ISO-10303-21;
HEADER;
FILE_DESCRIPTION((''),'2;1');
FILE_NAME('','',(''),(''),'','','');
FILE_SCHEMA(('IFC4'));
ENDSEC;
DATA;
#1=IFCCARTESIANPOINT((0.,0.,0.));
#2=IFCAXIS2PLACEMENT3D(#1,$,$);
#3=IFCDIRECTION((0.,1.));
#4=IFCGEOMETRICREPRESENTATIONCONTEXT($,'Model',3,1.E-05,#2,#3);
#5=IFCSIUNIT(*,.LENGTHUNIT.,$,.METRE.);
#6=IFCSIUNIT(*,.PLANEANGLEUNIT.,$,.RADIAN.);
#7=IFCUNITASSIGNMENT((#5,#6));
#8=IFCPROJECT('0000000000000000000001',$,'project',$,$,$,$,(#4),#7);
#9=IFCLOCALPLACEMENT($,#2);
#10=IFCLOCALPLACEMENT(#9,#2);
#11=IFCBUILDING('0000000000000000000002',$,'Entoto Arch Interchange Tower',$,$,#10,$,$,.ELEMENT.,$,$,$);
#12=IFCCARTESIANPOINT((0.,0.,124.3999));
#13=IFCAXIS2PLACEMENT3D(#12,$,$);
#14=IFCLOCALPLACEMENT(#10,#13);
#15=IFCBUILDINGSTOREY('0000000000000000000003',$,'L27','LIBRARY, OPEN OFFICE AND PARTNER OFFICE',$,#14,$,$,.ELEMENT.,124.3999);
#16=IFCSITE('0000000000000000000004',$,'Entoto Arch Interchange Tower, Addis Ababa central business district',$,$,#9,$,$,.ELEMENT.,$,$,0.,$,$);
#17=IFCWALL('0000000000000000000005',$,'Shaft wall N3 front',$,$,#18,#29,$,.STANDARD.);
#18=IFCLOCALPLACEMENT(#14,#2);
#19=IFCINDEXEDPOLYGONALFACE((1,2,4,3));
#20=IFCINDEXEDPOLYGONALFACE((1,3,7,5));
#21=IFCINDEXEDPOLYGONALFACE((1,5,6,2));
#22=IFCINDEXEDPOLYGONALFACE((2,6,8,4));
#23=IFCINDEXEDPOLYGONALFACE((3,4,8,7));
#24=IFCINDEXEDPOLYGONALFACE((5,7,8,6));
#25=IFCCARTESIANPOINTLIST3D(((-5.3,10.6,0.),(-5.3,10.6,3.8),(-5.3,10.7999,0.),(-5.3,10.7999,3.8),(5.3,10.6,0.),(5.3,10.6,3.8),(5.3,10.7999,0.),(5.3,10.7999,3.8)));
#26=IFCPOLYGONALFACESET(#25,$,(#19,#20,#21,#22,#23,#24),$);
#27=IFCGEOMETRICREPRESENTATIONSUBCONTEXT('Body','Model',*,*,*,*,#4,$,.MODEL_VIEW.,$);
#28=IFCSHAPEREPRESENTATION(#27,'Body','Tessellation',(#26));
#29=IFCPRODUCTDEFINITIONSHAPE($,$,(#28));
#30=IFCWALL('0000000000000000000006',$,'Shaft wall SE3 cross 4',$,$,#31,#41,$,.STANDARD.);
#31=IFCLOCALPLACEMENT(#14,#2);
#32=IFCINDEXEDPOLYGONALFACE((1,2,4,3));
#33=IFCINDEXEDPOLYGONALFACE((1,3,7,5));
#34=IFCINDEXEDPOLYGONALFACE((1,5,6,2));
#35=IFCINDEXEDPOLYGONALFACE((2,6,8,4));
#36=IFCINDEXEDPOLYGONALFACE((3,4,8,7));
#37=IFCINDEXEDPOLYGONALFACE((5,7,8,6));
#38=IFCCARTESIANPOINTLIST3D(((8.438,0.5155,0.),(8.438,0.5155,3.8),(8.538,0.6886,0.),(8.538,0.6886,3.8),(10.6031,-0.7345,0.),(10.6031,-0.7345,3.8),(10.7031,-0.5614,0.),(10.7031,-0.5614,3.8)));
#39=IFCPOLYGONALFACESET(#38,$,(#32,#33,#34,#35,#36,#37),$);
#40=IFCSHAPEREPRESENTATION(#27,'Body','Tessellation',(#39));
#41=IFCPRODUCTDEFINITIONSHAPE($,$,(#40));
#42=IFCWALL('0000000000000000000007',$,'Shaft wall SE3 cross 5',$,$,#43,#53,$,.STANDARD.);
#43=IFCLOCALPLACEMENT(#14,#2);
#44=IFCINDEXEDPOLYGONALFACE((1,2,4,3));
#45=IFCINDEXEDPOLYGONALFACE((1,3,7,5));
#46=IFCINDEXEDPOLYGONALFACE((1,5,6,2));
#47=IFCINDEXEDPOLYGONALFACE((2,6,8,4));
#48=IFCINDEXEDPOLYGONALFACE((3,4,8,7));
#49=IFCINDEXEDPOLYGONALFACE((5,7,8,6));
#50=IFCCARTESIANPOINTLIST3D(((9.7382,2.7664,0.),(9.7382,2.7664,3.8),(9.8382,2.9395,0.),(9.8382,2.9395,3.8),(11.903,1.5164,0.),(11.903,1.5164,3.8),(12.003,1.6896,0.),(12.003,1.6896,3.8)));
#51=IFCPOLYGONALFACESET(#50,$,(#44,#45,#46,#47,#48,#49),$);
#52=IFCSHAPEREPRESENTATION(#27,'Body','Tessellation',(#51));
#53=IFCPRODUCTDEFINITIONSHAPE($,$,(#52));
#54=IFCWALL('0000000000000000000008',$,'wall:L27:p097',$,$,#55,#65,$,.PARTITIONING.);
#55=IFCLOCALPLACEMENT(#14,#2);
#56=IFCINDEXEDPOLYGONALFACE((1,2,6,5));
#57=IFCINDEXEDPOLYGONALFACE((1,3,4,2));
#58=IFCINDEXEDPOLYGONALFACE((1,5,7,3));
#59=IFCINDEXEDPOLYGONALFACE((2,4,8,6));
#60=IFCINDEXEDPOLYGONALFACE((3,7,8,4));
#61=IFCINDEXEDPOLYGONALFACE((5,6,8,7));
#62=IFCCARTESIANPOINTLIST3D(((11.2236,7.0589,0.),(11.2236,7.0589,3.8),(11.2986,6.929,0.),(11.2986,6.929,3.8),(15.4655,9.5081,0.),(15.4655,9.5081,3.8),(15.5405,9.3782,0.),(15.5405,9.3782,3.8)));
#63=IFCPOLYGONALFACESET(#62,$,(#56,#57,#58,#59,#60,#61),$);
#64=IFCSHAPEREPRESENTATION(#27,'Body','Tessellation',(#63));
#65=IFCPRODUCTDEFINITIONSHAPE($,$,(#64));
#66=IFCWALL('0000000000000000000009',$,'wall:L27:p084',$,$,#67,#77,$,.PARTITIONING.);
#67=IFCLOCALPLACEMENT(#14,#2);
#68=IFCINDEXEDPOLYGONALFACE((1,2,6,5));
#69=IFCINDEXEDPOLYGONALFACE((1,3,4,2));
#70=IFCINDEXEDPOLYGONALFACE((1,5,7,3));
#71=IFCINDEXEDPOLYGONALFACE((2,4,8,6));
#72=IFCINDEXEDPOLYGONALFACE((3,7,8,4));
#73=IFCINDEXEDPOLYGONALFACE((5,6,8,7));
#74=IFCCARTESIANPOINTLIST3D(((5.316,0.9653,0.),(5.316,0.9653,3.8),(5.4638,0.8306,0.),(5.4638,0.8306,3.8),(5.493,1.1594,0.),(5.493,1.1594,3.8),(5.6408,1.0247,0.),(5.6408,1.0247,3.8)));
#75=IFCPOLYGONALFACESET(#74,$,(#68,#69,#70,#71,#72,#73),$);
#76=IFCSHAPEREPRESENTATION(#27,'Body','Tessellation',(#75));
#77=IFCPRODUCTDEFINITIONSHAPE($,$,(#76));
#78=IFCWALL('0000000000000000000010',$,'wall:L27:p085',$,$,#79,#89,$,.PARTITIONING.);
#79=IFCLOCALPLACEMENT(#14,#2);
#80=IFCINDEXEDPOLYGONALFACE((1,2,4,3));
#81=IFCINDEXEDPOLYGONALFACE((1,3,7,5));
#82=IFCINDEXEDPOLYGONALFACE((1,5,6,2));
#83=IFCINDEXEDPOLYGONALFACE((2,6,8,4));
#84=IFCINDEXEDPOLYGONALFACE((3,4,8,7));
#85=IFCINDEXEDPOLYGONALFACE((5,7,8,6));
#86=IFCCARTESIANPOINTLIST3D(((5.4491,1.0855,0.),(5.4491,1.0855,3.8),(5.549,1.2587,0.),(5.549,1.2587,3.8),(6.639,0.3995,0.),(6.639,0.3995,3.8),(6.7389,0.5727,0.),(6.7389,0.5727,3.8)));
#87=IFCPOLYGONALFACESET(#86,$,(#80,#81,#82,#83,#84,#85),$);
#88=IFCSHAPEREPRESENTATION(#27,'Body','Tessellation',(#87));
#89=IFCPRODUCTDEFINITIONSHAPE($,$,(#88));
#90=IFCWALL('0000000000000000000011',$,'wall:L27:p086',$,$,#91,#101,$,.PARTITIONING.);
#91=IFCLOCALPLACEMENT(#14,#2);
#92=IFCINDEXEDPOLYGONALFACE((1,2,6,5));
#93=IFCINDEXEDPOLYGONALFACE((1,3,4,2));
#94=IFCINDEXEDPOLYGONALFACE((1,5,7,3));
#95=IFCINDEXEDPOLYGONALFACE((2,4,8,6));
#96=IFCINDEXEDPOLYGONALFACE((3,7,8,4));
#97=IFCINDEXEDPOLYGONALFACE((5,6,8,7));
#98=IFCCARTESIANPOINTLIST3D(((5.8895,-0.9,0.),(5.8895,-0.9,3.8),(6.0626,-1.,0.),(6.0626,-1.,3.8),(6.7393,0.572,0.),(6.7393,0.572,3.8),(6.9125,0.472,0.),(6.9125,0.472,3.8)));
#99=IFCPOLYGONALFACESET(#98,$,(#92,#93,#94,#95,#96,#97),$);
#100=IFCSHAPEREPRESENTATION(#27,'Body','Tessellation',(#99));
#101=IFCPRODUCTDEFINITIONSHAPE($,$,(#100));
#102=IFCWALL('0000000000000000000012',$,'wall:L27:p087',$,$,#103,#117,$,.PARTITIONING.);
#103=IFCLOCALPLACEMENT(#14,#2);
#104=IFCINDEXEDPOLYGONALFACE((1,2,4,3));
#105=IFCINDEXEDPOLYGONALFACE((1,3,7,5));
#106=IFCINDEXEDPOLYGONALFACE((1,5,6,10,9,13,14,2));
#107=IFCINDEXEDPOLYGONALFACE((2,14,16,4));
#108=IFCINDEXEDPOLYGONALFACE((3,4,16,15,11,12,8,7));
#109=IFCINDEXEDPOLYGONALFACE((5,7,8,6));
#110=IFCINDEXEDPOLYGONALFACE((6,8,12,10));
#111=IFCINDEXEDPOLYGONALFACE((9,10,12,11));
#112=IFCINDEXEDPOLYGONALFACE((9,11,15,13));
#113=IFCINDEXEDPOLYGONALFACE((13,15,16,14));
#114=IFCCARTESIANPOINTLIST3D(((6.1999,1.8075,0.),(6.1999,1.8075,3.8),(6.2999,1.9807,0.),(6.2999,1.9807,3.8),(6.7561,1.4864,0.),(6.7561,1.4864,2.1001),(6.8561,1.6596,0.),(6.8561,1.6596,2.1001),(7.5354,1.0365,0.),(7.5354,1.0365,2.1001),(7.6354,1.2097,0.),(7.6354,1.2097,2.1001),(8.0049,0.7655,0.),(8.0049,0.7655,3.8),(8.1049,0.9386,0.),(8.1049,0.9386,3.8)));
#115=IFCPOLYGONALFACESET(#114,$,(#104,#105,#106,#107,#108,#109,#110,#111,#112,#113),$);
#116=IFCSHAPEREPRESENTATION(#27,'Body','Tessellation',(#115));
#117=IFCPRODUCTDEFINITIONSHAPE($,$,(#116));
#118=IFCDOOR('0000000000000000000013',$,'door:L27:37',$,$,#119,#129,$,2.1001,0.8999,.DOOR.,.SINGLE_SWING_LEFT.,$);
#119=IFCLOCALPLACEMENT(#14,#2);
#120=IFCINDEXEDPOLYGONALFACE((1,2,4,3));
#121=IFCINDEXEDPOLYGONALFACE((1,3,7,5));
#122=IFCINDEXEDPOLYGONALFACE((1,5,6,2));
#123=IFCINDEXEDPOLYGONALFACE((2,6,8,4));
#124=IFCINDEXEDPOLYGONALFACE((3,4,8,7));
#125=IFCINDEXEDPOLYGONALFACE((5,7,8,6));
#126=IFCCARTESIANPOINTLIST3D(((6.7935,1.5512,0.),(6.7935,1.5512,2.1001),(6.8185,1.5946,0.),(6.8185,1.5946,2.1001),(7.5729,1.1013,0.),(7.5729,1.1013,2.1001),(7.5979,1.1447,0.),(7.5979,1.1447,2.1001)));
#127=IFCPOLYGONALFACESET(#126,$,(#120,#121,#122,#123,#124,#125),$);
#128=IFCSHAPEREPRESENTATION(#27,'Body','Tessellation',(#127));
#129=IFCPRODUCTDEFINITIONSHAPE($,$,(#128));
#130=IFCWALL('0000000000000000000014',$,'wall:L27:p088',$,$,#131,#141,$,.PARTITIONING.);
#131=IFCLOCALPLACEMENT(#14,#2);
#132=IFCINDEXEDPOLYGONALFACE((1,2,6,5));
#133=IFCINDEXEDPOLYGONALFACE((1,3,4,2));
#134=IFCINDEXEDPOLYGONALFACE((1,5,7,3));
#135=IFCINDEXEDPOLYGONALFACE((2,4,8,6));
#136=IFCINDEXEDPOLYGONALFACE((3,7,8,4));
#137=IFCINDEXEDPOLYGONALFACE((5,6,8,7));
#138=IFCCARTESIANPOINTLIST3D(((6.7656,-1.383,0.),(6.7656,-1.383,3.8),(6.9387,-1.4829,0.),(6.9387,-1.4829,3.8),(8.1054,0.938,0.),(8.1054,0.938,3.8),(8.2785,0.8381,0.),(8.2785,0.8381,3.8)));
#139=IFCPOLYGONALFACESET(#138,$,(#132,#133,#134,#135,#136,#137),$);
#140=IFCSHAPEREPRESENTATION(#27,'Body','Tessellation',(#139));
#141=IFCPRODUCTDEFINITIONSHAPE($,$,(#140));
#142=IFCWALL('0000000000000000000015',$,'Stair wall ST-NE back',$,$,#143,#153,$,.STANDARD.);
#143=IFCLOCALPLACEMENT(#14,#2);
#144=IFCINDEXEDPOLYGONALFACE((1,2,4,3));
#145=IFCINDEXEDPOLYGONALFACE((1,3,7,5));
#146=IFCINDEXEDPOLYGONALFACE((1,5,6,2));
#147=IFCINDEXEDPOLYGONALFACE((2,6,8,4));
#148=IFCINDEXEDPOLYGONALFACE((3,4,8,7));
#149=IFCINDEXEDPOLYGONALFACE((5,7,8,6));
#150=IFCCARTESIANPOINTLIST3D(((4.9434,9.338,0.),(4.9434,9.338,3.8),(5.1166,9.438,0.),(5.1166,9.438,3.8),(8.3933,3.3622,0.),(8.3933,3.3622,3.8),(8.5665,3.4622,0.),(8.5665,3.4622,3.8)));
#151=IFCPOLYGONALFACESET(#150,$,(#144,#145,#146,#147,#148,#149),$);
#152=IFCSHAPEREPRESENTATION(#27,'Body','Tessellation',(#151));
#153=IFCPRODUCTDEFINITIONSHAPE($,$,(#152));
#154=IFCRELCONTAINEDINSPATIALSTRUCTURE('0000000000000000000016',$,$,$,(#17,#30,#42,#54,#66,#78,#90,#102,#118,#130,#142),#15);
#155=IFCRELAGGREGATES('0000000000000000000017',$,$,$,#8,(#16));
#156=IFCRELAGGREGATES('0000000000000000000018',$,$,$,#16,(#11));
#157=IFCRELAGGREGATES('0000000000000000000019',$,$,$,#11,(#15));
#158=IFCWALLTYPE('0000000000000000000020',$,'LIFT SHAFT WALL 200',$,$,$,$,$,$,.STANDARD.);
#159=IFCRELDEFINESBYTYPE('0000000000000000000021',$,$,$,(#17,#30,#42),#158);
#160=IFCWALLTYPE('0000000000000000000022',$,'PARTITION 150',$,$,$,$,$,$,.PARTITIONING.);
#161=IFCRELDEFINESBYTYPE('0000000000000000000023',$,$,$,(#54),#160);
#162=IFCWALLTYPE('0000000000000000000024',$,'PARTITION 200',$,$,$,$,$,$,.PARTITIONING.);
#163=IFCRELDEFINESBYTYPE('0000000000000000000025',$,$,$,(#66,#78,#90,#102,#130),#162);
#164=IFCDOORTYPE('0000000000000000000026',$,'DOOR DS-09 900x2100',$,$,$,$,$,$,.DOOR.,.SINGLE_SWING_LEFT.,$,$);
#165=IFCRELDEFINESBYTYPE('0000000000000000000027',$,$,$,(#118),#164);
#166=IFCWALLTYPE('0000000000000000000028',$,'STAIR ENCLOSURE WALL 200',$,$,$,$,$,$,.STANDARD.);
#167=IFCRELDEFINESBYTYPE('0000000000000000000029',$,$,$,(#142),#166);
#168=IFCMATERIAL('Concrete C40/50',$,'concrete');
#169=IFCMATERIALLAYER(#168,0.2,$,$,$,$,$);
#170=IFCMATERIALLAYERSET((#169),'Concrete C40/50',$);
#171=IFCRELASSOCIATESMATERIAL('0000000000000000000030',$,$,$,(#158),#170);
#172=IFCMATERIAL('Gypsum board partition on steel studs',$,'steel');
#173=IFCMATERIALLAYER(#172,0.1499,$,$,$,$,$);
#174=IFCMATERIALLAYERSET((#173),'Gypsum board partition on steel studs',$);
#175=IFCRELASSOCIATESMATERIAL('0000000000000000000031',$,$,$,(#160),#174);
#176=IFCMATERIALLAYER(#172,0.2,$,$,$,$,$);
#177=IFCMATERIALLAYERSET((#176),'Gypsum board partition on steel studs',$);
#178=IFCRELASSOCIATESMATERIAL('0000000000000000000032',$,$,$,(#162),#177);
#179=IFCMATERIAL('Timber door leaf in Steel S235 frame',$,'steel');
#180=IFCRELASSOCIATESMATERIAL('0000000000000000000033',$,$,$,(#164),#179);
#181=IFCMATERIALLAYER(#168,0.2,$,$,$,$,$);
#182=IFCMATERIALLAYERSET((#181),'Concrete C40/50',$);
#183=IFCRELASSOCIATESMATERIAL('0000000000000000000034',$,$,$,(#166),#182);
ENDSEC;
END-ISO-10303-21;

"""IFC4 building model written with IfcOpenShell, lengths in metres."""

from ifc_helpers import new_model, si_unit, direction, frame, frame_2d, origin, place, context, subcontext, project, spatial, rectangle, extrude, material, layer, layer_set, type_object, element, fill, save


model = new_model("IFC4")

# Units and contexts
model_context = context("Model", 3, precision=1e-05, world=origin(), true_north=direction((0.0, 1.0)))
body_context = subcontext(model_context, "Body", "Model", "MODEL_VIEW")
ifc_project = project(units=[si_unit("LENGTHUNIT", "METRE"), si_unit("PLANEANGLEUNIT", "RADIAN")], contexts=[model_context])

# Site, building, storey
site_placement = place(None, origin())
site = spatial("IfcSite", under=ifc_project, at=site_placement, Name="Entoto Arch Interchange Tower, Addis Ababa central business district", CompositionType="ELEMENT", RefElevation=0.0)
building_placement = place(site_placement, origin())
building = spatial("IfcBuilding", under=site, at=building_placement, Name="Entoto Arch Interchange Tower", CompositionType="ELEMENT")
storey_placement = place(building_placement, frame((0.0, 0.0, 124.3999)))
storey = spatial("IfcBuildingStorey", under=building, at=storey_placement, Name="L27", Description="LIBRARY, OPEN OFFICE AND PARTNER OFFICE", CompositionType="ELEMENT", Elevation=124.3999)

# Walls
ifc_material_1 = material(Name="Concrete C40/50", Category="concrete")
ifc_layer_1 = layer(ifc_material_1, 0.2)
ifc_layer_set_1 = layer_set([ifc_layer_1], Name="Concrete C40/50")
wall_type_1 = type_object("IfcWallType", Name="LIFT SHAFT WALL 200", PredefinedType="STANDARD", material=ifc_layer_set_1)
wall_1_placement = place(storey_placement, frame((5.3, 10.7, 0.0), z_axis=(0.0, 0.0, 1.0), x_axis=(-1.0, 0.0, 0.0)))
element("IfcWall", 1, at=wall_1_placement, inside=storey, type_object=wall_type_1, Name="Shaft wall N3 front", PredefinedType="STANDARD", context=body_context, shape_type="SweptSolid", body=[
    extrude(rectangle(XDim=10.6001, YDim=0.2, at=frame_2d((5.3, 0.0))), origin(), (0.0, 0.0, 1.0), 3.8),
])
wall_2_placement = place(storey_placement, frame((8.488, 0.6021, 0.0), z_axis=(0.0, 0.0, 1.0), x_axis=(0.866023, -0.500004, 0.0)))
element("IfcWall", 2, at=wall_2_placement, inside=storey, type_object=wall_type_1, Name="Shaft wall SE3 cross 4", PredefinedType="STANDARD", context=body_context, shape_type="SweptSolid", body=[
    extrude(rectangle(XDim=2.5, YDim=0.2, at=frame_2d((1.25, 0.0))), origin(), (0.0, 0.0, 1.0), 3.8),
])
wall_3_placement = place(storey_placement, frame((9.7881, 2.853, 0.0), z_axis=(0.0, 0.0, 1.0), x_axis=(0.865999, -0.500047, 0.0)))
element("IfcWall", 3, at=wall_3_placement, inside=storey, type_object=wall_type_1, Name="Shaft wall SE3 cross 5", PredefinedType="STANDARD", context=body_context, shape_type="SweptSolid", body=[
    extrude(rectangle(XDim=2.4998, YDim=0.2, at=frame_2d((1.25, 0.0))), origin(), (0.0, 0.0, 1.0), 3.8),
])
ifc_material_2 = material(Name="Gypsum board partition on steel studs", Category="steel")
ifc_layer_2 = layer(ifc_material_2, 0.1499)
ifc_layer_set_2 = layer_set([ifc_layer_2], Name="Gypsum board partition on steel studs")
wall_type_2 = type_object("IfcWallType", Name="PARTITION 150", PredefinedType="PARTITIONING", material=ifc_layer_set_2)
wall_4_placement = place(storey_placement, frame((11.261, 6.9939, 0.0), z_axis=(0.0, 0.0, 1.0), x_axis=(0.866014, 0.50002, 0.0)))
element("IfcWall", 4, at=wall_4_placement, inside=storey, type_object=wall_type_2, Name="wall:L27:p097", PredefinedType="PARTITIONING", context=body_context, shape_type="SweptSolid", body=[
    extrude(rectangle(XDim=4.8982, YDim=0.1499, at=frame_2d((2.4492, 0.0))), origin(), (0.0, 0.0, 1.0), 3.8),
])
ifc_layer_3 = layer(ifc_material_2, 0.2)
ifc_layer_set_3 = layer_set([ifc_layer_3], Name="Gypsum board partition on steel studs")
wall_type_3 = type_object("IfcWallType", Name="PARTITION 200", PredefinedType="PARTITIONING", material=ifc_layer_set_3)
wall_5_placement = place(storey_placement, frame((5.3899, 0.8979, 0.0), z_axis=(0.0, 0.0, 1.0), x_axis=(0.673828, 0.738888, 0.0)))
element("IfcWall", 5, at=wall_5_placement, inside=storey, type_object=wall_type_3, Name="wall:L27:p084", PredefinedType="PARTITIONING", context=body_context, shape_type="SweptSolid", body=[
    extrude(rectangle(XDim=0.2627, YDim=0.2, at=frame_2d((0.1313, 0.0))), origin(), (0.0, 0.0, 1.0), 3.8),
])
wall_6_placement = place(storey_placement, frame((5.499, 1.1721, 0.0), z_axis=(0.0, 0.0, 1.0), x_axis=(0.866334, -0.499466, 0.0)))
element("IfcWall", 6, at=wall_6_placement, inside=storey, type_object=wall_type_3, Name="wall:L27:p085", PredefinedType="PARTITIONING", context=body_context, shape_type="SweptSolid", body=[
    extrude(rectangle(XDim=1.3735, YDim=0.2, at=frame_2d((0.6868, 0.0))), origin(), (0.0, 0.0, 1.0), 3.8),
])
wall_7_placement = place(storey_placement, frame((6.8259, 0.522, 0.0), z_axis=(0.0, 0.0, 1.0), x_axis=(-0.500017, -0.866016, 0.0)))
element("IfcWall", 7, at=wall_7_placement, inside=storey, type_object=wall_type_3, Name="wall:L27:p086", PredefinedType="PARTITIONING", context=body_context, shape_type="SweptSolid", body=[
    extrude(rectangle(XDim=1.6997, YDim=0.2, at=frame_2d((0.8499, 0.0))), origin(), (0.0, 0.0, 1.0), 3.8),
])

# Wall, opening, door
wall_8_placement = place(storey_placement, frame((6.25, 1.894, 0.0), z_axis=(0.0, 0.0, 1.0), x_axis=(0.866043, -0.499969, 0.0)))
wall_8 = element("IfcWall", 8, at=wall_8_placement, inside=storey, type_object=wall_type_3, Name="wall:L27:p087", PredefinedType="PARTITIONING", context=body_context, shape_type="SweptSolid", body=[
    extrude(rectangle(XDim=2.0842, YDim=0.2, at=frame_2d((1.042, 0.0))), origin(), (0.0, 0.0, 1.0), 3.8),
])
opening_placement = place(wall_8_placement, frame((0.6421, 0.0, 0.0)))
opening = element("IfcOpeningElement", 9, at=opening_placement, cuts=wall_8, PredefinedType="OPENING", context=body_context, shape_type="SweptSolid", body=[
    extrude(rectangle(XDim=0.8999, YDim=2.1001, at=frame_2d((0.45, 1.05))), frame((0.0, 0.1099, 0.0), z_axis=(0.0, -1.0, 0.0), x_axis=(1.0, 0.0, 0.0)), (0.0, 0.0, 1.0), 0.22),
])
ifc_material_3 = material(Name="Timber door leaf in Steel S235 frame", Category="steel")
door_type = type_object("IfcDoorType", Name="DOOR DS-09 900x2100", OperationType="SINGLE_SWING_LEFT", PredefinedType="DOOR", material=ifc_material_3)
door_placement = place(opening_placement, origin())
door = element("IfcDoor", 10, at=door_placement, inside=storey, type_object=door_type, Name="door:L27:37", OperationType="SINGLE_SWING_LEFT", OverallHeight=2.1001, OverallWidth=0.8999, PredefinedType="DOOR", context=body_context, shape_type="SweptSolid", body=[
    extrude(rectangle(XDim=0.8999, YDim=2.1001, at=frame_2d((0.45, 1.05))), frame((0.0, 0.0249, 0.0), z_axis=(0.0, -1.0, 0.0), x_axis=(1.0, 0.0, 0.0)), (0.0, 0.0, 1.0), 0.05),
])
fill(opening, door)

# Walls
wall_9_placement = place(storey_placement, frame((8.1919, 0.8879, 0.0), z_axis=(0.0, 0.0, 1.0), x_axis=(-0.499941, -0.86606, 0.0)))
element("IfcWall", 11, at=wall_9_placement, inside=storey, type_object=wall_type_3, Name="wall:L27:p088", PredefinedType="PARTITIONING", context=body_context, shape_type="SweptSolid", body=[
    extrude(rectangle(XDim=2.6799, YDim=0.2, at=frame_2d((1.3398, 0.0))), origin(), (0.0, 0.0, 1.0), 3.8),
])
ifc_layer_4 = layer(ifc_material_1, 0.2)
ifc_layer_set_4 = layer_set([ifc_layer_4], Name="Concrete C40/50")
wall_type_4 = type_object("IfcWallType", Name="STAIR ENCLOSURE WALL 200", PredefinedType="STANDARD", material=ifc_layer_set_4)
wall_10_placement = place(storey_placement, frame((8.48, 3.4121, 0.0), z_axis=(0.0, 0.0, 1.0), x_axis=(-0.499979, 0.866038, 0.0)))
element("IfcWall", 12, at=wall_10_placement, inside=storey, type_object=wall_type_4, Name="Stair wall ST-NE back", PredefinedType="STANDARD", context=body_context, shape_type="SweptSolid", body=[
    extrude(rectangle(XDim=6.9001, YDim=0.2, at=frame_2d((3.4502, 0.0))), origin(), (0.0, 0.0, 1.0), 3.8),
])

save(model, "model.ifc")
